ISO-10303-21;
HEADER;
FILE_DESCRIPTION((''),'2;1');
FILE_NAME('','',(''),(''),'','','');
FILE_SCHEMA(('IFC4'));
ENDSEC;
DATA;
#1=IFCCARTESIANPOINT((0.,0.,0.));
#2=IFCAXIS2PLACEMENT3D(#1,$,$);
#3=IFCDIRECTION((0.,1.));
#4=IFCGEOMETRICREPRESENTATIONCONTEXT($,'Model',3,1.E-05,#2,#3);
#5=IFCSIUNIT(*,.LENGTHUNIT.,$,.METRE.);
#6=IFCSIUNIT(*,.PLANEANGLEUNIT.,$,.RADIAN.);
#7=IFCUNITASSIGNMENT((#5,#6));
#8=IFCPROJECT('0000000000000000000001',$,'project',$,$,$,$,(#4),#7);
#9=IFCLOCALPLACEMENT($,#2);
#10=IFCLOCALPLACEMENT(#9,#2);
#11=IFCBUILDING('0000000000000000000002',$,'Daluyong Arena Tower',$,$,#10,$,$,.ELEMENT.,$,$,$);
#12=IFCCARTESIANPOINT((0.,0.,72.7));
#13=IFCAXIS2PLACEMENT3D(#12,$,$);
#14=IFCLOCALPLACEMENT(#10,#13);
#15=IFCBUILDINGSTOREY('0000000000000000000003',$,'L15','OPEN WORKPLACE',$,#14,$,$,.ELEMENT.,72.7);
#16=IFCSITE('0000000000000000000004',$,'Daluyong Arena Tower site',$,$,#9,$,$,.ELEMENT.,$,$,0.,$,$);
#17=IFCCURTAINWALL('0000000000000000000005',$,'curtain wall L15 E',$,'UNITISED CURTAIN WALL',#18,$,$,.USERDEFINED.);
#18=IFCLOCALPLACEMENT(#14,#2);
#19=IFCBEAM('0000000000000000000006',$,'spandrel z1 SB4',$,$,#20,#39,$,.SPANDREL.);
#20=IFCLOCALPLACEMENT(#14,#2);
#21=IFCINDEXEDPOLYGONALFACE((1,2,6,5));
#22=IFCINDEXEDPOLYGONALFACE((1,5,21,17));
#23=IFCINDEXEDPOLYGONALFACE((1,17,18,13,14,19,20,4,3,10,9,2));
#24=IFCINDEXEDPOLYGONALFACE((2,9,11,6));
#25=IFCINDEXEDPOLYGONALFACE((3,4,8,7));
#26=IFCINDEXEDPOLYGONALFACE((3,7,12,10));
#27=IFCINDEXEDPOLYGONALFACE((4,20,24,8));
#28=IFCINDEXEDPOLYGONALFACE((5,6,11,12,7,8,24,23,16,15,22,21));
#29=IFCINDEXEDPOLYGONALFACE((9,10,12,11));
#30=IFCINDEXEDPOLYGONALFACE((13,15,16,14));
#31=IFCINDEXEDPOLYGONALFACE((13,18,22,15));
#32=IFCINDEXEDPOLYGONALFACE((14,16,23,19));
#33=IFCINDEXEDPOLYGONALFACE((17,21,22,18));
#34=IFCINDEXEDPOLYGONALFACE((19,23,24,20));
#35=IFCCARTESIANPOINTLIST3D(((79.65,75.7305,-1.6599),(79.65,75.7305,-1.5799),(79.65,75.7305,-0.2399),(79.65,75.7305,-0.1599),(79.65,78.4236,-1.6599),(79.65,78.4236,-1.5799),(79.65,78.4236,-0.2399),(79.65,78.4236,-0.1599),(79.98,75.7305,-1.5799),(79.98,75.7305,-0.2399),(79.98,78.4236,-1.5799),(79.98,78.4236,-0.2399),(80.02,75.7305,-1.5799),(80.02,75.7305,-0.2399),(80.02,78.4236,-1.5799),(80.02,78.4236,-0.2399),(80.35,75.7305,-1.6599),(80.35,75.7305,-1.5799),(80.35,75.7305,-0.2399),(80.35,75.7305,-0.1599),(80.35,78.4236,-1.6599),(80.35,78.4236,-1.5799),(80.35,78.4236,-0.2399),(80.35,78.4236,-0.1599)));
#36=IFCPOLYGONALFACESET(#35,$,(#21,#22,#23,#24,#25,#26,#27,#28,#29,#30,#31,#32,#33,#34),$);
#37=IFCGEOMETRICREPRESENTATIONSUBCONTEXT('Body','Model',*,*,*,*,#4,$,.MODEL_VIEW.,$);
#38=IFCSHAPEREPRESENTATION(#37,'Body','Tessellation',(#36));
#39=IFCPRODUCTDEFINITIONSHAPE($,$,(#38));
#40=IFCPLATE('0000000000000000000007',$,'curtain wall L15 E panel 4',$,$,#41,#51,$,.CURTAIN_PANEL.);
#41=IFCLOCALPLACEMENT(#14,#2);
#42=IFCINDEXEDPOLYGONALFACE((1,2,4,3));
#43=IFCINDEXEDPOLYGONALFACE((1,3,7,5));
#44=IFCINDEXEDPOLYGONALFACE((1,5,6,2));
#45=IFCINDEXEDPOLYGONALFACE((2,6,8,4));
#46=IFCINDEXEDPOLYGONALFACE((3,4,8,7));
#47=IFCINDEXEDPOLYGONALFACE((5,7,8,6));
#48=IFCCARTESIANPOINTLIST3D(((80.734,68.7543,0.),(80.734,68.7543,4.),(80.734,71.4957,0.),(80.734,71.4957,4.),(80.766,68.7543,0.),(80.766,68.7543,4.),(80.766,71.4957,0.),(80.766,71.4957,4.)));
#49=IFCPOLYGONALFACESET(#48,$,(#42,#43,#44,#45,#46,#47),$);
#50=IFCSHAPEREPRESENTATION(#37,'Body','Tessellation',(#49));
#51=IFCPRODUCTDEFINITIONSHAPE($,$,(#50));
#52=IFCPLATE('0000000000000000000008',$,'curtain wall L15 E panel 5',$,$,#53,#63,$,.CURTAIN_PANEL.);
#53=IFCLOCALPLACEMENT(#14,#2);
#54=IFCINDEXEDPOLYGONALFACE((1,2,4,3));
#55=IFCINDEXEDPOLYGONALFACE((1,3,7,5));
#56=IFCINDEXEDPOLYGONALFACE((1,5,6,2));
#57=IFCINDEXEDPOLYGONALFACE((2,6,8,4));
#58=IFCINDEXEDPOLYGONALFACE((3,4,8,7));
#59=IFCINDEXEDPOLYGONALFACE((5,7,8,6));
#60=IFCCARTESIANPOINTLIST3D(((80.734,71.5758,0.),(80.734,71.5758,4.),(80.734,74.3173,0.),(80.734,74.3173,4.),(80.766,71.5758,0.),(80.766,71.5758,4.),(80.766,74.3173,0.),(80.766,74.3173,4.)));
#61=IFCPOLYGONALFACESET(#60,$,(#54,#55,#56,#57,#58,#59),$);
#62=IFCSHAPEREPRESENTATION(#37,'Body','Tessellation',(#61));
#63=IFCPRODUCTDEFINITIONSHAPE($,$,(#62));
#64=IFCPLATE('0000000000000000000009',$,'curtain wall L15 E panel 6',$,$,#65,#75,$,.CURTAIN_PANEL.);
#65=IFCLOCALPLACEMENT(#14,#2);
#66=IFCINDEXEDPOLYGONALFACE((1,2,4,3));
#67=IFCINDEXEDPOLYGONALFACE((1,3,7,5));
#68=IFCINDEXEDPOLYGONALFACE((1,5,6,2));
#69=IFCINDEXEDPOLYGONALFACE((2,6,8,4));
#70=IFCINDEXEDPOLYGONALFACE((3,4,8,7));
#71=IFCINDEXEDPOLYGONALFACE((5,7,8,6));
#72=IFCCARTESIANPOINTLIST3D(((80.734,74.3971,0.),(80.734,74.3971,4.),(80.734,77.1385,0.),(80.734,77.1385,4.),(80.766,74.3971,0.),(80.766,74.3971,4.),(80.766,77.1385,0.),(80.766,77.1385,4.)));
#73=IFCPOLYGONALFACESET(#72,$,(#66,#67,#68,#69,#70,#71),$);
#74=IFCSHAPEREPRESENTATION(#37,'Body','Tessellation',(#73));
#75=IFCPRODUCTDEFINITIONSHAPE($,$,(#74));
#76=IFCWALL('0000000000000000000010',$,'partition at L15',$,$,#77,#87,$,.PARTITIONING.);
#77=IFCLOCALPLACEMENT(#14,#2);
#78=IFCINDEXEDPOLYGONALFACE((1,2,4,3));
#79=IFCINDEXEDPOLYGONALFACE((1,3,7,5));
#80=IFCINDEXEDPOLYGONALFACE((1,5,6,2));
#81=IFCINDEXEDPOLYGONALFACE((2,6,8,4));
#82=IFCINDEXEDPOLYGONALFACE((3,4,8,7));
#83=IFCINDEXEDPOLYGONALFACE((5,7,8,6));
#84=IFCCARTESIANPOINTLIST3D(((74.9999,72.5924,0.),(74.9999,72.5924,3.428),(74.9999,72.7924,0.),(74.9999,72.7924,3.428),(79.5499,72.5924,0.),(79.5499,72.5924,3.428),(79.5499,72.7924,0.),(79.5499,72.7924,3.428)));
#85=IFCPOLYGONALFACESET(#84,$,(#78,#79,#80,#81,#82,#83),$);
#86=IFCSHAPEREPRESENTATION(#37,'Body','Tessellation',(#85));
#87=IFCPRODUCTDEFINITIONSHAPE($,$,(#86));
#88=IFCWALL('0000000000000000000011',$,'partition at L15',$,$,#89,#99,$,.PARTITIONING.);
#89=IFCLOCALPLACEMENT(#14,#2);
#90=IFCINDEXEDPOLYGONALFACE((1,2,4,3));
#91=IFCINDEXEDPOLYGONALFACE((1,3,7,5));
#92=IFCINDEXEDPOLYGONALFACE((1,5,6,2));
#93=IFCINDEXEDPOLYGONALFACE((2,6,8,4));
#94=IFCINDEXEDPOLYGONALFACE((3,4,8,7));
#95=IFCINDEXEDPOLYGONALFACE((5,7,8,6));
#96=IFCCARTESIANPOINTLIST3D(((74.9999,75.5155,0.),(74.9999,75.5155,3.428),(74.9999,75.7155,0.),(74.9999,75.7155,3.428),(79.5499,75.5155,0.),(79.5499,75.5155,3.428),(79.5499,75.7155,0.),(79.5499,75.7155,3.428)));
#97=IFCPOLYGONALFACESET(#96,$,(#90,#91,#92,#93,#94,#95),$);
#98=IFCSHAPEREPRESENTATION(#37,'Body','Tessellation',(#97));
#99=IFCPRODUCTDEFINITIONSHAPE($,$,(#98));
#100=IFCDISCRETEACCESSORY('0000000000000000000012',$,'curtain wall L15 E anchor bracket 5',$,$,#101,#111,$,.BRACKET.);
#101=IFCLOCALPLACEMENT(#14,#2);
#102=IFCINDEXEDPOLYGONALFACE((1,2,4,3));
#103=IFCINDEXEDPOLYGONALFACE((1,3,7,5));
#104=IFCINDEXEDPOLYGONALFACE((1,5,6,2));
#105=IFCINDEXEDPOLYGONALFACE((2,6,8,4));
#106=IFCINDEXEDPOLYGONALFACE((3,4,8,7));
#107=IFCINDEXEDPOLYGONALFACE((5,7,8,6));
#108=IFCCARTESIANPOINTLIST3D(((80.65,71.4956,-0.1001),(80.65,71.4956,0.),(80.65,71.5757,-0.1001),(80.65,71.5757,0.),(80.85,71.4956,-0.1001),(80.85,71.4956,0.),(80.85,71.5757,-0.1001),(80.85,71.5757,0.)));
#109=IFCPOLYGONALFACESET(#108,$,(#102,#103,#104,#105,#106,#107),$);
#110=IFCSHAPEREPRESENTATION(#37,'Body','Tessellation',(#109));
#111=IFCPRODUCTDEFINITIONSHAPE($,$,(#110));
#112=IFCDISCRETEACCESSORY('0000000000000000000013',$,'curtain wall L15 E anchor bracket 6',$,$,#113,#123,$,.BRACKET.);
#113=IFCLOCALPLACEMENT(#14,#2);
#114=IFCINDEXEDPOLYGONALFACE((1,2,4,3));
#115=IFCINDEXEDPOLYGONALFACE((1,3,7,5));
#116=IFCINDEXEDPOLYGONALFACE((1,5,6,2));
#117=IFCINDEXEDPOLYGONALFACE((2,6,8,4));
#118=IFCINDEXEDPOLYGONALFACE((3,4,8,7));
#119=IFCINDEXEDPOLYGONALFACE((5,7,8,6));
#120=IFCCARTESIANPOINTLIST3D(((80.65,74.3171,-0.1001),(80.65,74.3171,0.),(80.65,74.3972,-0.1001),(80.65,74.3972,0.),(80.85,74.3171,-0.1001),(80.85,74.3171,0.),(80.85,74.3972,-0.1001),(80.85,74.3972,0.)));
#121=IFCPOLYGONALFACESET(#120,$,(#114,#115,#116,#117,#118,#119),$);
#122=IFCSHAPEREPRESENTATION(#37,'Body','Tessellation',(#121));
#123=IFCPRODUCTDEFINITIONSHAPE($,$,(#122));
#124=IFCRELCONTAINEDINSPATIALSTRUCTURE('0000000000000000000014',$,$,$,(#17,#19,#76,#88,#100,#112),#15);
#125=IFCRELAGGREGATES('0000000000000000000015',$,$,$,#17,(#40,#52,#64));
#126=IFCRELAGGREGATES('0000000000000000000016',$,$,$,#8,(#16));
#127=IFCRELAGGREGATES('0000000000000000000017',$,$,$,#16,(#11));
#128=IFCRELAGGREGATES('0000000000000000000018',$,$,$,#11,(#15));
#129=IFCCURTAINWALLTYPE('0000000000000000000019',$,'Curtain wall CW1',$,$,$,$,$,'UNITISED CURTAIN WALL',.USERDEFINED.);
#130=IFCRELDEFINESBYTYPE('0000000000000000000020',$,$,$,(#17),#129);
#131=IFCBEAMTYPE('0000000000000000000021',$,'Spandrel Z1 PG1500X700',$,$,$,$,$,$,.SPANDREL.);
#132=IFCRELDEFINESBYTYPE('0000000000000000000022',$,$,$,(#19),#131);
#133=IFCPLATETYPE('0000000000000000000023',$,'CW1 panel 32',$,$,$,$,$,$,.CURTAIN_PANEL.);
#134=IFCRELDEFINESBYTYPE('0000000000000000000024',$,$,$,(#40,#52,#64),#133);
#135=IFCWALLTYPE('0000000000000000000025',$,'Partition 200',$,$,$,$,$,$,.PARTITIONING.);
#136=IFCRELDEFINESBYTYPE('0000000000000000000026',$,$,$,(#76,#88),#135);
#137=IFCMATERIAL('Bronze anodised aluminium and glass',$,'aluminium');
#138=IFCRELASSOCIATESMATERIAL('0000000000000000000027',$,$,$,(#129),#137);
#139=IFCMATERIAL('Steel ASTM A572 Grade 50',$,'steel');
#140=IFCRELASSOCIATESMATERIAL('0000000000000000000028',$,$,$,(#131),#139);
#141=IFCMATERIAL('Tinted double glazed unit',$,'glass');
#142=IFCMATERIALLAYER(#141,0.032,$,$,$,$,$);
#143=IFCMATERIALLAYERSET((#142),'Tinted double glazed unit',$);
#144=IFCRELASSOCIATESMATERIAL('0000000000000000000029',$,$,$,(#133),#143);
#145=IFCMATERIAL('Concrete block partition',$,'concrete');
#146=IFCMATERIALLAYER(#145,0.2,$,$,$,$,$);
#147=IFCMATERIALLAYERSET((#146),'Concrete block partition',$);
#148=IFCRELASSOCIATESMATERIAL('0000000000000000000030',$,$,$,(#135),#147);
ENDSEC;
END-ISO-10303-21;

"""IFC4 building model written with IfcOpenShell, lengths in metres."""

from ifc_helpers import new_model, si_unit, direction, frame, frame_2d, origin, origin_2d, place, context, subcontext, project, spatial, rectangle, i_section, extrude, material, layer, layer_set, material_profile, profile_set, type_object, element, aggregate, save


model = new_model("IFC4")

# Units and contexts
model_context = context("Model", 3, precision=1e-05, world=origin(), true_north=direction((0.0, 1.0)))
body_context = subcontext(model_context, "Body", "Model", "MODEL_VIEW")
ifc_project = project(units=[si_unit("LENGTHUNIT", "METRE"), si_unit("PLANEANGLEUNIT", "RADIAN")], contexts=[model_context])

# Site, building, storey
site_placement = place(None, origin())
site = spatial("IfcSite", under=ifc_project, at=site_placement, Name="Daluyong Arena Tower site", CompositionType="ELEMENT", RefElevation=0.0)
building_placement = place(site_placement, origin())
building = spatial("IfcBuilding", under=site, at=building_placement, Name="Daluyong Arena Tower", CompositionType="ELEMENT")
storey_placement = place(building_placement, frame((0.0, 0.0, 72.7)))
storey = spatial("IfcBuildingStorey", under=building, at=storey_placement, Name="L15", Description="OPEN WORKPLACE", CompositionType="ELEMENT", Elevation=72.7)

# Curtain wall
ifc_material_1 = material(Name="Bronze anodised aluminium and glass", Category="aluminium")
curtain_wall_type = type_object("IfcCurtainWallType", Name="Curtain wall CW1", ElementType="UNITISED CURTAIN WALL", PredefinedType="USERDEFINED", material=ifc_material_1)
curtain_wall_placement = place(storey_placement, origin())
curtain_wall = element("IfcCurtainWall", 1, at=curtain_wall_placement, inside=storey, type_object=curtain_wall_type, Name="curtain wall L15 E", ObjectType="UNITISED CURTAIN WALL", PredefinedType="USERDEFINED")

# Beam
ifc_material_2 = material(Name="Steel ASTM A572 Grade 50", Category="steel")
ifc_material_profile_1 = material_profile(ifc_material_2, i_section(OverallWidth=0.7, OverallDepth=1.5, WebThickness=0.04, FlangeThickness=0.08, at=origin_2d()))
ifc_profile_set_1 = profile_set([ifc_material_profile_1], Name="Steel ASTM A572 Grade 50")
beam_type_1 = type_object("IfcBeamType", Name="Spandrel Z1 PG1500X700", PredefinedType="SPANDREL", material=ifc_profile_set_1)
for number, where, z_axis, x_axis, name in (
    (2, (80.0, 75.7305, -0.9099), (0.0, 1.0, 0.0), (-1.0, 0.0, 0.0), "spandrel z1 SB4"),
):
    element("IfcBeam", number, at=place(storey_placement, frame(where, z_axis=z_axis, x_axis=x_axis)), inside=storey, type_object=beam_type_1, Name=name, PredefinedType="SPANDREL", context=body_context, shape_type="SweptSolid", body=[
        extrude(i_section(OverallWidth=0.7, OverallDepth=1.5, WebThickness=0.04, FlangeThickness=0.08, at=origin_2d()), origin(), (0.0, 0.0, 1.0), 2.6931),
    ])

# Plates
ifc_material_3 = material(Name="Tinted double glazed unit", Category="glass")
ifc_layer_1 = layer(ifc_material_3, 0.032)
ifc_layer_set_1 = layer_set([ifc_layer_1], Name="Tinted double glazed unit")
plate_type = type_object("IfcPlateType", Name="CW1 panel 32", PredefinedType="CURTAIN_PANEL", material=ifc_layer_set_1)
plate_1_placement = place(storey_placement, frame((80.75, 70.125, 0.0), z_axis=(0.0, 0.0, 1.0), x_axis=(0.0, 1.0, 0.0)))
plate_1 = element("IfcPlate", 3, at=plate_1_placement, type_object=plate_type, Name="curtain wall L15 E panel 4", PredefinedType="CURTAIN_PANEL", context=body_context, shape_type="SweptSolid", body=[
    extrude(rectangle(XDim=2.7415, YDim=0.032, at=origin_2d()), origin(), (0.0, 0.0, 1.0), 4.0),
])
plate_2_placement = place(storey_placement, frame((80.75, 72.9465, 0.0), z_axis=(0.0, 0.0, 1.0), x_axis=(0.0, 1.0, 0.0)))
plate_2 = element("IfcPlate", 4, at=plate_2_placement, type_object=plate_type, Name="curtain wall L15 E panel 5", PredefinedType="CURTAIN_PANEL", context=body_context, shape_type="SweptSolid", body=[
    extrude(rectangle(XDim=2.7415, YDim=0.032, at=origin_2d()), origin(), (0.0, 0.0, 1.0), 4.0),
])
plate_3_placement = place(storey_placement, frame((80.75, 75.7678, 0.0), z_axis=(0.0, 0.0, 1.0), x_axis=(0.0, 1.0, 0.0)))
plate_3 = element("IfcPlate", 5, at=plate_3_placement, type_object=plate_type, Name="curtain wall L15 E panel 6", PredefinedType="CURTAIN_PANEL", context=body_context, shape_type="SweptSolid", body=[
    extrude(rectangle(XDim=2.7415, YDim=0.032, at=origin_2d()), origin(), (0.0, 0.0, 1.0), 4.0),
])
aggregate(curtain_wall, [plate_1, plate_2, plate_3])

# Walls
ifc_material_4 = material(Name="Concrete block partition", Category="concrete")
ifc_layer_2 = layer(ifc_material_4, 0.2)
ifc_layer_set_2 = layer_set([ifc_layer_2], Name="Concrete block partition")
wall_type = type_object("IfcWallType", Name="Partition 200", PredefinedType="PARTITIONING", material=ifc_layer_set_2)
for number, where, z_axis, x_axis, name in (
    (6, (75.0, 72.6924, 0.0), (0.0, 0.0, 1.0), (1.0, 0.0, 0.0), "partition at L15"),
    (7, (75.0, 75.6155, 0.0), (0.0, 0.0, 1.0), (1.0, 0.0, 0.0), "partition at L15"),
):
    element("IfcWall", number, at=place(storey_placement, frame(where, z_axis=z_axis, x_axis=x_axis)), inside=storey, type_object=wall_type, Name=name, PredefinedType="PARTITIONING", context=body_context, shape_type="SweptSolid", body=[
        extrude(rectangle(XDim=4.55, YDim=0.2, at=frame_2d((2.2749, 0.0))), origin(), (0.0, 0.0, 1.0), 3.428),
    ])

# Discrete accessories
for number, where, z_axis, x_axis, name in (
    (8, (80.75, 71.5356, -0.1001), (0.0, 0.0, 1.0), (0.0, 1.0, 0.0), "curtain wall L15 E anchor bracket 5"),
    (9, (80.75, 74.3572, -0.1001), (0.0, 0.0, 1.0), (0.0, 1.0, 0.0), "curtain wall L15 E anchor bracket 6"),
):
    element("IfcDiscreteAccessory", number, at=place(storey_placement, frame(where, z_axis=z_axis, x_axis=x_axis)), inside=storey, Name=name, PredefinedType="BRACKET", context=body_context, shape_type="SweptSolid", body=[
        extrude(rectangle(XDim=0.0801, YDim=0.2, at=origin_2d()), origin(), (0.0, 0.0, 1.0), 0.1001),
    ])

save(model, "model.ifc")
